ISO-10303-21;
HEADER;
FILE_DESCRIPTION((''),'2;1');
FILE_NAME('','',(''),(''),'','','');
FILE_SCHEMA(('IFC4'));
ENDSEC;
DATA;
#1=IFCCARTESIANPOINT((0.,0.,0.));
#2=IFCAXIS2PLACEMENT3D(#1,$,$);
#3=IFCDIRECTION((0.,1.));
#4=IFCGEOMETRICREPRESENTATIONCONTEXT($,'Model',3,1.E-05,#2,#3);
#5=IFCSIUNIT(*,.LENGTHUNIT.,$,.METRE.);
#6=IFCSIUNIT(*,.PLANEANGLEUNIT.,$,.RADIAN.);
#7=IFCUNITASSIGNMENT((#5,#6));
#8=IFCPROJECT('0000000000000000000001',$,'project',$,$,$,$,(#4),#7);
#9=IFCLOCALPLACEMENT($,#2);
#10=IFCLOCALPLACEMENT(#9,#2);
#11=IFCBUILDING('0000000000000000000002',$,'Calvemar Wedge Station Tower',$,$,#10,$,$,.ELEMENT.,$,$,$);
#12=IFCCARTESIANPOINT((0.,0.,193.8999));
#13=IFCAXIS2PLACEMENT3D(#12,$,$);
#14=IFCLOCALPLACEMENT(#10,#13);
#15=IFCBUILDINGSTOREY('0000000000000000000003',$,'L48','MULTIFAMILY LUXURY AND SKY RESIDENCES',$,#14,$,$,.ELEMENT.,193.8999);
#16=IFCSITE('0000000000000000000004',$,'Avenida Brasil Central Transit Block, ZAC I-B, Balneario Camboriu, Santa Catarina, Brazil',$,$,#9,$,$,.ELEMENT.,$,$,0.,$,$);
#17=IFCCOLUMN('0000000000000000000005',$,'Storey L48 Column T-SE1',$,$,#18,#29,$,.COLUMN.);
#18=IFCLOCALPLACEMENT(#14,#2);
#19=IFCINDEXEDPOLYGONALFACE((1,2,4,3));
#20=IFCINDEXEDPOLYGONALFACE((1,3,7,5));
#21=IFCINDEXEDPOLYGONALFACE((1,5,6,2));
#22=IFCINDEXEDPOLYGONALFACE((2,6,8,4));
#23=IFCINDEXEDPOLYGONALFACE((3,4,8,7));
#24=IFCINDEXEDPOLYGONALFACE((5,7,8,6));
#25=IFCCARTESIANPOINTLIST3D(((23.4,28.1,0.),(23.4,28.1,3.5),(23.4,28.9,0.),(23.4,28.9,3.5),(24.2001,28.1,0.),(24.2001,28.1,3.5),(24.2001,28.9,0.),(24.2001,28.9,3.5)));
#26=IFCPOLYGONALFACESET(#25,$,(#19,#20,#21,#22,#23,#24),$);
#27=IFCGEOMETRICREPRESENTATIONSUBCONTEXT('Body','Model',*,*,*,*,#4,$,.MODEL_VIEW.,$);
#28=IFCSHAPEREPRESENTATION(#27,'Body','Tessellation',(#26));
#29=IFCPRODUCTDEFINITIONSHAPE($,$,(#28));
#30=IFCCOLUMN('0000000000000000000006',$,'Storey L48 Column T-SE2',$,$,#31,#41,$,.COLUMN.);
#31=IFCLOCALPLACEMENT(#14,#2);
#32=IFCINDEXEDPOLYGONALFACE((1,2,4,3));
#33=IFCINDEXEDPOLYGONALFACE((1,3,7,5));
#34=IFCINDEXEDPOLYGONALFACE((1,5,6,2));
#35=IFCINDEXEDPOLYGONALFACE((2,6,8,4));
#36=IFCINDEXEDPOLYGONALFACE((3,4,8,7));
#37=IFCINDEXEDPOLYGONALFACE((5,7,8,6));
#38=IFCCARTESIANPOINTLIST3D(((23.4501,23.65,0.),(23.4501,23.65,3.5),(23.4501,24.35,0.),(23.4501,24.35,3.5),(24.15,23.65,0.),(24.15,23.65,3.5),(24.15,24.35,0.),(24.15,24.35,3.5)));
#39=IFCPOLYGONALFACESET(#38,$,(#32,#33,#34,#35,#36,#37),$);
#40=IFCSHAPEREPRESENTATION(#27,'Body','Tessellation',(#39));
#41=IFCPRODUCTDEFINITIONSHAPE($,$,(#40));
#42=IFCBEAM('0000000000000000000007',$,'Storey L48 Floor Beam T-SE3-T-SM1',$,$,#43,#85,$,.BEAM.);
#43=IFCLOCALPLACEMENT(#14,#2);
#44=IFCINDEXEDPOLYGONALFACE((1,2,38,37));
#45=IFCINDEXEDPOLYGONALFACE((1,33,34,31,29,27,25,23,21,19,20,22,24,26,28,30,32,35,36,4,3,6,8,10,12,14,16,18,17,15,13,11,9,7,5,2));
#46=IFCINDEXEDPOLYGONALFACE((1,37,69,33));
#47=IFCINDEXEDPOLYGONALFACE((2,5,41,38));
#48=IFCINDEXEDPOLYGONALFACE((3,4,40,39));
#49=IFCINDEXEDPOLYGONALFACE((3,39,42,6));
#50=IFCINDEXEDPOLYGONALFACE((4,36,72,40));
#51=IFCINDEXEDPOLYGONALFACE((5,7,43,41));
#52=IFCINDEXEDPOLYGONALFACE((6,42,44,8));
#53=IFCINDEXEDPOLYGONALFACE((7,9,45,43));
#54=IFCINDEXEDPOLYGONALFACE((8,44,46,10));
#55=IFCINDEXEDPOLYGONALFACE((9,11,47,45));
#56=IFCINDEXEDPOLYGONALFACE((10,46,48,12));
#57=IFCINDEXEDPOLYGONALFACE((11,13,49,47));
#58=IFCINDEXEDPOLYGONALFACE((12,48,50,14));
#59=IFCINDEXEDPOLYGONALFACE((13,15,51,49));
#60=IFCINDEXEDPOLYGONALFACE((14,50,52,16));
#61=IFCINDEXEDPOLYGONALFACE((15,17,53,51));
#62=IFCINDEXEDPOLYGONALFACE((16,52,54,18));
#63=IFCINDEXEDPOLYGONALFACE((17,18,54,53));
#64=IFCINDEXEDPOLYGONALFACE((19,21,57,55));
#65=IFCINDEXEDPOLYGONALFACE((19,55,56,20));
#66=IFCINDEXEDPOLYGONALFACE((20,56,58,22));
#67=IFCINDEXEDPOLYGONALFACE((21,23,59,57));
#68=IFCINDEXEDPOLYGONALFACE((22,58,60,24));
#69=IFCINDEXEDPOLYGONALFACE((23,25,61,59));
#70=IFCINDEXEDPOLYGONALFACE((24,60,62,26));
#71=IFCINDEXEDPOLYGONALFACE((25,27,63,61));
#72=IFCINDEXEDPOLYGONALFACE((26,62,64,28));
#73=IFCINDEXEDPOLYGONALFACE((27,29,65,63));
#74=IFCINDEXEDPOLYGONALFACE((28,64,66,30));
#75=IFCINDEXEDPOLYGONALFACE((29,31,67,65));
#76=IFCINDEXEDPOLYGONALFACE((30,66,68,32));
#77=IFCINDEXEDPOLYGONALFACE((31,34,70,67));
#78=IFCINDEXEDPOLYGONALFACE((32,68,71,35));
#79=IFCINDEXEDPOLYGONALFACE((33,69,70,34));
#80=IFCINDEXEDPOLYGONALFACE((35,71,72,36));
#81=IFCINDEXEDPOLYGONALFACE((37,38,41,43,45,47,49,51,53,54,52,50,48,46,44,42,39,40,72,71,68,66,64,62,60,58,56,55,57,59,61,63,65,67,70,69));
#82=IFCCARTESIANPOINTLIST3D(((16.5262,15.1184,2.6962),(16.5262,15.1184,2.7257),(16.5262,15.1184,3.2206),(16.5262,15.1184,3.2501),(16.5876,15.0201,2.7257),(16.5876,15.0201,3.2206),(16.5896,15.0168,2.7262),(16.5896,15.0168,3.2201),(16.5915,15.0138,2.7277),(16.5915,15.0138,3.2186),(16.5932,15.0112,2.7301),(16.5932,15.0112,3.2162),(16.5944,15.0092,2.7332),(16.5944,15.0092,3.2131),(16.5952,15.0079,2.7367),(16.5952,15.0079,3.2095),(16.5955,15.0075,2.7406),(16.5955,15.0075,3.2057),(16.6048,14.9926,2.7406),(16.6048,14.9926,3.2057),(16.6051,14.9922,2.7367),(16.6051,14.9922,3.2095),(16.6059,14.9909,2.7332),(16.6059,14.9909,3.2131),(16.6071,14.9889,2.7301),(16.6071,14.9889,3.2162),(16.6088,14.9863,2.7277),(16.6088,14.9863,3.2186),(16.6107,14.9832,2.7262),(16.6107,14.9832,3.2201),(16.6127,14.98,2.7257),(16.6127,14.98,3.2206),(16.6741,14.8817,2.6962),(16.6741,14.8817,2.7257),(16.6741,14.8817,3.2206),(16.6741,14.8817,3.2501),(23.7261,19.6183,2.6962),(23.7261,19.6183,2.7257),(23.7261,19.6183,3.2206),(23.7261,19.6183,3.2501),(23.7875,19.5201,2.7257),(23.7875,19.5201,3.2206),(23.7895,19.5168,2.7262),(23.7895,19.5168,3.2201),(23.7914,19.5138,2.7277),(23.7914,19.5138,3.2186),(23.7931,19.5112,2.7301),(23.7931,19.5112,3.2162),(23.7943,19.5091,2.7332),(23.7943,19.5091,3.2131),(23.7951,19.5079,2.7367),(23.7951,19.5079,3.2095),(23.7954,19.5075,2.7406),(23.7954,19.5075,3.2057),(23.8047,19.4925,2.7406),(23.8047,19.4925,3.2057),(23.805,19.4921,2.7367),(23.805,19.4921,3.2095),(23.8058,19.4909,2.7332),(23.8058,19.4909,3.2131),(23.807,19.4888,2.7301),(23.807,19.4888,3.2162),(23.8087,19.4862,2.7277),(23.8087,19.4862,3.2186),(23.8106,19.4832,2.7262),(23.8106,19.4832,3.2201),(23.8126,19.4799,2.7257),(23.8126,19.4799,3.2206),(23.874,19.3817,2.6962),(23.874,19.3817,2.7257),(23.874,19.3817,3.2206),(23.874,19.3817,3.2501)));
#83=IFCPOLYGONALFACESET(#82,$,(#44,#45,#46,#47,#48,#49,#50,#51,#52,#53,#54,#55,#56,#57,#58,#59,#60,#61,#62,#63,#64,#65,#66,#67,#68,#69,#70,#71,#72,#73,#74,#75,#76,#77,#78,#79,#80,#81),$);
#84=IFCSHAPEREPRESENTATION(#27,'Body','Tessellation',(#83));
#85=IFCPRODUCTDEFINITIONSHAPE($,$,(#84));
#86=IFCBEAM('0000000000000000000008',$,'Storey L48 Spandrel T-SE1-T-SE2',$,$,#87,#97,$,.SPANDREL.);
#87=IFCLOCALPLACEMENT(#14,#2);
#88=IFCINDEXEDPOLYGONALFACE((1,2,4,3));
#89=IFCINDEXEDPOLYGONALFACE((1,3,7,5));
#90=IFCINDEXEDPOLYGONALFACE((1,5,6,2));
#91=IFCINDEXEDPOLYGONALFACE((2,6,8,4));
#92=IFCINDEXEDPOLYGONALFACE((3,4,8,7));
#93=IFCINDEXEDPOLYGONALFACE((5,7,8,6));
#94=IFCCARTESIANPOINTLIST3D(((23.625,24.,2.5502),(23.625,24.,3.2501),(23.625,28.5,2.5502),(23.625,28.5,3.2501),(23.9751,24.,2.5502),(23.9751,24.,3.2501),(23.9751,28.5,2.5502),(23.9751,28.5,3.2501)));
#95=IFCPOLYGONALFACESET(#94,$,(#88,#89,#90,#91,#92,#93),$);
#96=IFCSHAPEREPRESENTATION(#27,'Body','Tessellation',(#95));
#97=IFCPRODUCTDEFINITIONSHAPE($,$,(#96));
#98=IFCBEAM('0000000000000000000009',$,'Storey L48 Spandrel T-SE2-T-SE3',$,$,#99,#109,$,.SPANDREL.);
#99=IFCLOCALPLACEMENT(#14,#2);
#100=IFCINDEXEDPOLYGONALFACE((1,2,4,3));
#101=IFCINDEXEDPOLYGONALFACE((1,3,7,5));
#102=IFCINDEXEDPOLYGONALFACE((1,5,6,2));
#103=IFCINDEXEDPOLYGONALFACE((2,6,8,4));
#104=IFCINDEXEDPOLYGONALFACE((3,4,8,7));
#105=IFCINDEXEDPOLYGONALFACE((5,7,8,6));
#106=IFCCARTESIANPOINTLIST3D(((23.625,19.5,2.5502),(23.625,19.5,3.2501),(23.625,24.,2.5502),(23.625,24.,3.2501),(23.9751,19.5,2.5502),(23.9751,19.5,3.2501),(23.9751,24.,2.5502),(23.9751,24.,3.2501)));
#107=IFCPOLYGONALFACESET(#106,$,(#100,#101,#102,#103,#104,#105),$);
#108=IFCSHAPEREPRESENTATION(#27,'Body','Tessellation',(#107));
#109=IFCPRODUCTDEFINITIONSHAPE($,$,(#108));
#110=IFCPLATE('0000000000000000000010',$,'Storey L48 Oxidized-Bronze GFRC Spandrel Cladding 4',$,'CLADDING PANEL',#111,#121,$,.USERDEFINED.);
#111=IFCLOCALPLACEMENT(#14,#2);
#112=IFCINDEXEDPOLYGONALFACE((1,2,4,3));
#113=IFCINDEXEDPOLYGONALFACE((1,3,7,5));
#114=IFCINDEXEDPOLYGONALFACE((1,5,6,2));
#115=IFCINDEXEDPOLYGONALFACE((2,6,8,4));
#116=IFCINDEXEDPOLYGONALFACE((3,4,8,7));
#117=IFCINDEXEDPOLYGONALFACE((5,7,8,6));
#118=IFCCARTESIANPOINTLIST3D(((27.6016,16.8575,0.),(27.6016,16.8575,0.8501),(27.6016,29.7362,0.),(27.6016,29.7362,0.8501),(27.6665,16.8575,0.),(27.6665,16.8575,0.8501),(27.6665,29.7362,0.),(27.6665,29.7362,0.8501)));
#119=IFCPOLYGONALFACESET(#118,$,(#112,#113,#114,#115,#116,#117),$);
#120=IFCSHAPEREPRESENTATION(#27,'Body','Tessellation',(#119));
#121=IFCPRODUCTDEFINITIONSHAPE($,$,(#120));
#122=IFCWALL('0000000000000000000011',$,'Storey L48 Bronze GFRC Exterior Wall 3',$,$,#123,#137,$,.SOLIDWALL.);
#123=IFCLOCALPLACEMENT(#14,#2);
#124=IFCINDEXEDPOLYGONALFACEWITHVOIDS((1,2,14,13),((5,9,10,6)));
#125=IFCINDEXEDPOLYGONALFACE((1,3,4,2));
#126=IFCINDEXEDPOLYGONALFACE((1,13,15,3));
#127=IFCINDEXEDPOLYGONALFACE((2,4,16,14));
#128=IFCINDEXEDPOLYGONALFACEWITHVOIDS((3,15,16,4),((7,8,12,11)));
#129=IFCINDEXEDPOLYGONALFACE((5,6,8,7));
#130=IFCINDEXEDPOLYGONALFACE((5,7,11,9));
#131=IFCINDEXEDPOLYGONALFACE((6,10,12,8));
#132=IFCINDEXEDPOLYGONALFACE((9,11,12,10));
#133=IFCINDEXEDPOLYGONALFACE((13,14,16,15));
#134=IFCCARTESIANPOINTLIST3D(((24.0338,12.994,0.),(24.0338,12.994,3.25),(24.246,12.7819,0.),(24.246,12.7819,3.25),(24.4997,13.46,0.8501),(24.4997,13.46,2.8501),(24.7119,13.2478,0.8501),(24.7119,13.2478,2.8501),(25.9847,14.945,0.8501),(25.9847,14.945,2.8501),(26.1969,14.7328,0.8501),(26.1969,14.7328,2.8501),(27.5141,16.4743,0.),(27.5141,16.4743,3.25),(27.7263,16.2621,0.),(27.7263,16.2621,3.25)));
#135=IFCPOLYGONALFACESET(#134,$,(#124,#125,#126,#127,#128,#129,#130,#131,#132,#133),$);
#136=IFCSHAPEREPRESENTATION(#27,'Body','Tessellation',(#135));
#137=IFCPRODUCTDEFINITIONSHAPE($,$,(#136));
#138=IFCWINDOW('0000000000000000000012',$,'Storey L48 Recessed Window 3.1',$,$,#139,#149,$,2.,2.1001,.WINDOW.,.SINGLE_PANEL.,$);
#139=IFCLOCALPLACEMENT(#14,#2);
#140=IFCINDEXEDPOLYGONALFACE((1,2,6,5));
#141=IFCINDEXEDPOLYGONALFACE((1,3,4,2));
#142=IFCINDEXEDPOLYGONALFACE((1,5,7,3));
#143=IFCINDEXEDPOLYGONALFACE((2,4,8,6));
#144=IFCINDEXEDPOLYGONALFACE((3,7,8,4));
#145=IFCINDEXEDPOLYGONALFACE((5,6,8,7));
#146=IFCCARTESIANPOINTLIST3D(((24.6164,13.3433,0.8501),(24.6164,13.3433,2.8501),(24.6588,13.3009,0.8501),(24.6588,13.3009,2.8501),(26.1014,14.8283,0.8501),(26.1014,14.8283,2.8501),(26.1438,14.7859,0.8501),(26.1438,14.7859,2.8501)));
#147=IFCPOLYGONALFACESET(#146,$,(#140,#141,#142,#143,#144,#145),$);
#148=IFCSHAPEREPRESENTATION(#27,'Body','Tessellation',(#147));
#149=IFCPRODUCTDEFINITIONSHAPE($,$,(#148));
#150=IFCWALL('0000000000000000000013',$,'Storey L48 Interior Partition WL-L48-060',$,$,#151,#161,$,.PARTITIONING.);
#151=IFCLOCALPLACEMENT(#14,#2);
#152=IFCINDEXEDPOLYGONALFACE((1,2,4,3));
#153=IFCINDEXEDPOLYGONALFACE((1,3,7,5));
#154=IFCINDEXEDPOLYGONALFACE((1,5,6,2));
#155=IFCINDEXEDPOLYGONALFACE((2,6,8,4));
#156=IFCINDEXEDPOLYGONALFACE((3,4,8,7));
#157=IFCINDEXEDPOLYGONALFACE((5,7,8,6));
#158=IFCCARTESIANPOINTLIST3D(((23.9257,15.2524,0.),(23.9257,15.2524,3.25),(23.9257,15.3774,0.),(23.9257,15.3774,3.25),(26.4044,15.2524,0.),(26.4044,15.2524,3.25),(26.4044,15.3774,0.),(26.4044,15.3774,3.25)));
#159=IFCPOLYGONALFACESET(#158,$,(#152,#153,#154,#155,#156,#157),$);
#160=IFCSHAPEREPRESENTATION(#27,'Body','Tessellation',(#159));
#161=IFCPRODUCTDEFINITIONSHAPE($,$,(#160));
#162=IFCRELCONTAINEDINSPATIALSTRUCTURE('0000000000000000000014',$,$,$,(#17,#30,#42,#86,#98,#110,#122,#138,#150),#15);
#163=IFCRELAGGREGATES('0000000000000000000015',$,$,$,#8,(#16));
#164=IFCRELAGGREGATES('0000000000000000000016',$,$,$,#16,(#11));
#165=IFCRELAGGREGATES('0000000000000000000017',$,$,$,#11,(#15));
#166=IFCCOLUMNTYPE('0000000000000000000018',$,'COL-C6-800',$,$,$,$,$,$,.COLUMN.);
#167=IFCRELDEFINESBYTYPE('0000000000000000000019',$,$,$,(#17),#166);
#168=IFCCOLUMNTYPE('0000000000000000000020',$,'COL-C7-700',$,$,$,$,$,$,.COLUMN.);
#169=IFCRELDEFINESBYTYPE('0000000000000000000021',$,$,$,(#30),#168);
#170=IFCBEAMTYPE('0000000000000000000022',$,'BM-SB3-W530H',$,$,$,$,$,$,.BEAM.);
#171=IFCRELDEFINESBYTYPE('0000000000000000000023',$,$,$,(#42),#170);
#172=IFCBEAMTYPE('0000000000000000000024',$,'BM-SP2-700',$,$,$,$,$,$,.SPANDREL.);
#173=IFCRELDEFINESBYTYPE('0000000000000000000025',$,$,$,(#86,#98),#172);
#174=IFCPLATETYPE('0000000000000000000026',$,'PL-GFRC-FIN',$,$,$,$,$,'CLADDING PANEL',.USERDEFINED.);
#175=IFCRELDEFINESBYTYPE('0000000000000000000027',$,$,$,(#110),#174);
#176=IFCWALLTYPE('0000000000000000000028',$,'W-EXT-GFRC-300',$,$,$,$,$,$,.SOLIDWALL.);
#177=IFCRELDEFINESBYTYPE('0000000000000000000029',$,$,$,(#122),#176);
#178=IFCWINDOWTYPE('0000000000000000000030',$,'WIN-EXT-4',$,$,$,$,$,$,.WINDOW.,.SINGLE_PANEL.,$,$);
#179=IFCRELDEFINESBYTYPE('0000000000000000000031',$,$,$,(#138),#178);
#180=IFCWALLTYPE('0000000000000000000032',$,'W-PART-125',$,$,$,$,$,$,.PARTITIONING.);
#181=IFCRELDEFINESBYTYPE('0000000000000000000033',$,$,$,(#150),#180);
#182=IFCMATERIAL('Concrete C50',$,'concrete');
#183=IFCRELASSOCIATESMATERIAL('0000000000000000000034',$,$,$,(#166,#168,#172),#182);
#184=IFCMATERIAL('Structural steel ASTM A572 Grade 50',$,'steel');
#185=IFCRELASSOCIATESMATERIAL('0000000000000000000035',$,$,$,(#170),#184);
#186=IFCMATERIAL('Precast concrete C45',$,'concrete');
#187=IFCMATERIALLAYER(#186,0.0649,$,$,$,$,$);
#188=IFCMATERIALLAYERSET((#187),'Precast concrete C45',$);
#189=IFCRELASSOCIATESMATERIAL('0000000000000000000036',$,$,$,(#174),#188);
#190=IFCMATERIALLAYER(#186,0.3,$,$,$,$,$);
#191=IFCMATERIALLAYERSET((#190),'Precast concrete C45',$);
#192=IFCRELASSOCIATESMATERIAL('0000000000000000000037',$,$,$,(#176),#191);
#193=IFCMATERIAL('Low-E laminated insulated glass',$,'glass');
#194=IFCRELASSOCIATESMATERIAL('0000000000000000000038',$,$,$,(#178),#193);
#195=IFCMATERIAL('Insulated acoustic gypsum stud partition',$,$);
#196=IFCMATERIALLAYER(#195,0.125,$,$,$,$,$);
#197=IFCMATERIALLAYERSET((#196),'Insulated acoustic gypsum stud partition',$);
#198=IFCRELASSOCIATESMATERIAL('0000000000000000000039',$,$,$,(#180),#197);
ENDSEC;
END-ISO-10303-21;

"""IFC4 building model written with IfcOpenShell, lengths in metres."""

from ifc_helpers import new_model, si_unit, direction, frame, frame_2d, origin, origin_2d, place, context, subcontext, project, spatial, rectangle, i_section, extrude, source, transform, mapped, material, layer, layer_set, material_profile, profile_set, type_object, element, fill, save


model = new_model("IFC4")

# Units and contexts
model_context = context("Model", 3, precision=1e-05, world=origin(), true_north=direction((0.0, 1.0)))
body_context = subcontext(model_context, "Body", "Model", "MODEL_VIEW")
ifc_project = project(units=[si_unit("LENGTHUNIT", "METRE"), si_unit("PLANEANGLEUNIT", "RADIAN")], contexts=[model_context])

# Site, building, storey
site_placement = place(None, origin())
site = spatial("IfcSite", under=ifc_project, at=site_placement, Name="Avenida Brasil Central Transit Block, ZAC I-B, Balneario Camboriu, Santa Catarina, Brazil", CompositionType="ELEMENT", RefElevation=0.0)
building_placement = place(site_placement, origin())
building = spatial("IfcBuilding", under=site, at=building_placement, Name="Calvemar Wedge Station Tower", CompositionType="ELEMENT")
storey_placement = place(building_placement, frame((0.0, 0.0, 193.8999)))
storey = spatial("IfcBuildingStorey", under=building, at=storey_placement, Name="L48", Description="MULTIFAMILY LUXURY AND SKY RESIDENCES", CompositionType="ELEMENT", Elevation=193.8999)

# Columns
ifc_material_1 = material(Name="Concrete C50", Category="concrete")
ifc_material_profile_1 = material_profile(ifc_material_1, rectangle(XDim=0.8, YDim=0.8, at=origin_2d()), Name="RC800x800")
ifc_profile_set_1 = profile_set([ifc_material_profile_1], Name="Concrete C50")
column_type_1 = type_object("IfcColumnType", Name="COL-C6-800", PredefinedType="COLUMN", material=ifc_profile_set_1)
shared_shape_1 = source(origin(), body_context, "Body", "SweptSolid", [
    extrude(rectangle(XDim=0.8, YDim=0.8, at=origin_2d()), origin(), (0.0, 0.0, 1.0), 3.5),
])
column_1_placement = place(storey_placement, frame((23.8, 28.5, 0.0), z_axis=(0.0, 0.0, 1.0), x_axis=(1.0, 0.0, 0.0)))
element("IfcColumn", 1, at=column_1_placement, inside=storey, type_object=column_type_1, Name="Storey L48 Column T-SE1", PredefinedType="COLUMN", context=body_context, shape_type="MappedRepresentation", body=[
    mapped(shared_shape_1, transform((0.0, 0.0, 0.0), scale=1.0)),
])
ifc_material_profile_2 = material_profile(ifc_material_1, rectangle(XDim=0.7, YDim=0.7, at=origin_2d()), Name="RC700x700")
ifc_profile_set_2 = profile_set([ifc_material_profile_2], Name="Concrete C50")
column_type_2 = type_object("IfcColumnType", Name="COL-C7-700", PredefinedType="COLUMN", material=ifc_profile_set_2)
shared_shape_2 = source(origin(), body_context, "Body", "SweptSolid", [
    extrude(rectangle(XDim=0.7, YDim=0.7, at=origin_2d()), origin(), (0.0, 0.0, 1.0), 3.5),
])
column_2_placement = place(storey_placement, frame((23.8, 24.0, 0.0), z_axis=(0.0, 0.0, 1.0), x_axis=(1.0, 0.0, 0.0)))
element("IfcColumn", 2, at=column_2_placement, inside=storey, type_object=column_type_2, Name="Storey L48 Column T-SE2", PredefinedType="COLUMN", context=body_context, shape_type="MappedRepresentation", body=[
    mapped(shared_shape_2, transform((0.0, 0.0, 0.0), scale=1.0)),
])

# Beams
ifc_material_2 = material(Name="Structural steel ASTM A572 Grade 50", Category="steel")
ifc_material_profile_3 = material_profile(ifc_material_2, i_section(OverallWidth=0.2791, OverallDepth=0.554, WebThickness=0.0176, FlangeThickness=0.0295, FilletRadius=0.0149, at=origin_2d()), Name="W530x196")
ifc_profile_set_3 = profile_set([ifc_material_profile_3], Name="Structural steel ASTM A572 Grade 50")
beam_type_1 = type_object("IfcBeamType", Name="BM-SB3-W530H", PredefinedType="BEAM", material=ifc_profile_set_3)
shared_shape_3 = source(origin(), body_context, "Body", "SweptSolid", [
    extrude(i_section(OverallWidth=0.2791, OverallDepth=0.554, WebThickness=0.0176, FlangeThickness=0.0295, FilletRadius=0.0149, at=origin_2d()), origin(), (0.0, 0.0, 1.0), 8.4905),
])
beam_placement = place(storey_placement, frame((23.8, 19.5, 2.9731), z_axis=(-0.847997, -0.530002, 0.0), x_axis=(0.530002, -0.847997, 0.0)))
element("IfcBeam", 3, at=beam_placement, inside=storey, type_object=beam_type_1, Name="Storey L48 Floor Beam T-SE3-T-SM1", PredefinedType="BEAM", context=body_context, shape_type="MappedRepresentation", body=[
    mapped(shared_shape_3, transform((0.0, 0.0, 0.0), scale=1.0)),
])
ifc_material_profile_4 = material_profile(ifc_material_1, rectangle(XDim=0.3501, YDim=0.7, at=origin_2d()), Name="RC350x700")
ifc_profile_set_4 = profile_set([ifc_material_profile_4], Name="Concrete C50")
beam_type_2 = type_object("IfcBeamType", Name="BM-SP2-700", PredefinedType="SPANDREL", material=ifc_profile_set_4)
shared_shape_4 = source(origin(), body_context, "Body", "SweptSolid", [
    extrude(rectangle(XDim=0.3501, YDim=0.7, at=origin_2d()), origin(), (0.0, 0.0, 1.0), 4.5),
])
for number, where, z_axis, x_axis, name in (
    (4, (23.8, 28.5, 2.9001), (0.0, -1.0, 0.0), (1.0, 0.0, 0.0), "Storey L48 Spandrel T-SE1-T-SE2"),
    (5, (23.8, 24.0, 2.9001), (0.0, -1.0, 0.0), (1.0, 0.0, 0.0), "Storey L48 Spandrel T-SE2-T-SE3"),
):
    element("IfcBeam", number, at=place(storey_placement, frame(where, z_axis=z_axis, x_axis=x_axis)), inside=storey, type_object=beam_type_2, Name=name, PredefinedType="SPANDREL", context=body_context, shape_type="MappedRepresentation", body=[
        mapped(shared_shape_4, transform((0.0, 0.0, 0.0), scale=1.0)),
    ])

# Plate
ifc_material_3 = material(Name="Precast concrete C45", Category="concrete")
ifc_layer_1 = layer(ifc_material_3, 0.0649)
ifc_layer_set_1 = layer_set([ifc_layer_1], Name="Precast concrete C45")
plate_type = type_object("IfcPlateType", Name="PL-GFRC-FIN", ElementType="CLADDING PANEL", PredefinedType="USERDEFINED", material=ifc_layer_set_1)
plate_placement = place(storey_placement, frame((27.634, 16.8574, 0.0), z_axis=(0.0, 0.0, 1.0), x_axis=(0.0, 1.0, 0.0)))
element("IfcPlate", 6, at=plate_placement, inside=storey, type_object=plate_type, Name="Storey L48 Oxidized-Bronze GFRC Spandrel Cladding 4", ObjectType="CLADDING PANEL", PredefinedType="USERDEFINED", context=body_context, shape_type="SweptSolid", body=[
    extrude(rectangle(XDim=12.8787, YDim=0.0649, at=frame_2d((6.4395, 0.0))), origin(), (0.0, 0.0, 1.0), 0.8501),
])

# Wall, opening, window
ifc_layer_2 = layer(ifc_material_3, 0.3)
ifc_layer_set_2 = layer_set([ifc_layer_2], Name="Precast concrete C45")
wall_type_1 = type_object("IfcWallType", Name="W-EXT-GFRC-300", PredefinedType="SOLIDWALL", material=ifc_layer_set_2)
wall_1_placement = place(storey_placement, frame((24.1399, 12.8879, 0.0), z_axis=(0.0, 0.0, 1.0), x_axis=(0.707107, 0.707107, 0.0)))
wall_1 = element("IfcWall", 7, at=wall_1_placement, inside=storey, type_object=wall_type_1, Name="Storey L48 Bronze GFRC Exterior Wall 3", PredefinedType="SOLIDWALL", context=body_context, shape_type="SweptSolid", body=[
    extrude(rectangle(XDim=4.9219, YDim=0.3, at=frame_2d((2.4609, 0.0))), origin(), (0.0, 0.0, 1.0), 3.25),
])
shared_shape_5 = source(origin(), body_context, "Body", "SweptSolid", [
    extrude(rectangle(XDim=2.1001, YDim=2.0, at=frame_2d((1.05, 1.0))), frame((0.0, 0.1602, 0.0), z_axis=(0.0, -1.0, 0.0), x_axis=(1.0, 0.0, 0.0)), (0.0, 0.0, 1.0), 0.3201),
])
opening_1_placement = place(wall_1_placement, frame((0.6589, 0.0, 0.8501)))
opening_1 = element("IfcOpeningElement", 8, at=opening_1_placement, cuts=wall_1, PredefinedType="OPENING", context=body_context, shape_type="MappedRepresentation", body=[
    mapped(shared_shape_5, transform((0.0, 0.0, 0.0), scale=1.0)),
])
ifc_material_4 = material(Name="Low-E laminated insulated glass", Category="glass")
window_type_1 = type_object("IfcWindowType", Name="WIN-EXT-4", PartitioningType="SINGLE_PANEL", PredefinedType="WINDOW", material=ifc_material_4)
shared_shape_6 = source(origin(), body_context, "Body", "SweptSolid", [
    extrude(rectangle(XDim=2.1001, YDim=2.0, at=frame_2d((1.05, 1.0))), frame((0.0, -0.0149, 0.0), z_axis=(0.0, -1.0, 0.0), x_axis=(1.0, 0.0, 0.0)), (0.0, 0.0, 1.0), 0.0601),
])
window_1_placement = place(opening_1_placement, origin())
window_1 = element("IfcWindow", 9, at=window_1_placement, inside=storey, type_object=window_type_1, Name="Storey L48 Recessed Window 3.1", OverallHeight=2.0, OverallWidth=2.1001, PartitioningType="SINGLE_PANEL", PredefinedType="WINDOW", context=body_context, shape_type="MappedRepresentation", body=[
    mapped(shared_shape_6, transform((0.0, 0.0, 0.0), scale=1.0)),
])
fill(opening_1, window_1)

# Shared definitions
ifc_material_5 = material(Name="Insulated acoustic gypsum stud partition")
ifc_layer_3 = layer(ifc_material_5, 0.125)
ifc_layer_set_3 = layer_set([ifc_layer_3], Name="Insulated acoustic gypsum stud partition")
wall_type_2 = type_object("IfcWallType", Name="W-PART-125", PredefinedType="PARTITIONING", material=ifc_layer_set_3)

# Wall
wall_2_placement = place(storey_placement, frame((26.4043, 15.3149, 0.0), z_axis=(0.0, 0.0, 1.0), x_axis=(-1.0, 0.0, 0.0)))
element("IfcWall", 10, at=wall_2_placement, inside=storey, type_object=wall_type_2, Name="Storey L48 Interior Partition WL-L48-060", PredefinedType="PARTITIONING", context=body_context, shape_type="SweptSolid", body=[
    extrude(rectangle(XDim=2.4788, YDim=0.125, at=frame_2d((1.2393, 0.0))), origin(), (0.0, 0.0, 1.0), 3.25),
])

save(model, "model.ifc")
